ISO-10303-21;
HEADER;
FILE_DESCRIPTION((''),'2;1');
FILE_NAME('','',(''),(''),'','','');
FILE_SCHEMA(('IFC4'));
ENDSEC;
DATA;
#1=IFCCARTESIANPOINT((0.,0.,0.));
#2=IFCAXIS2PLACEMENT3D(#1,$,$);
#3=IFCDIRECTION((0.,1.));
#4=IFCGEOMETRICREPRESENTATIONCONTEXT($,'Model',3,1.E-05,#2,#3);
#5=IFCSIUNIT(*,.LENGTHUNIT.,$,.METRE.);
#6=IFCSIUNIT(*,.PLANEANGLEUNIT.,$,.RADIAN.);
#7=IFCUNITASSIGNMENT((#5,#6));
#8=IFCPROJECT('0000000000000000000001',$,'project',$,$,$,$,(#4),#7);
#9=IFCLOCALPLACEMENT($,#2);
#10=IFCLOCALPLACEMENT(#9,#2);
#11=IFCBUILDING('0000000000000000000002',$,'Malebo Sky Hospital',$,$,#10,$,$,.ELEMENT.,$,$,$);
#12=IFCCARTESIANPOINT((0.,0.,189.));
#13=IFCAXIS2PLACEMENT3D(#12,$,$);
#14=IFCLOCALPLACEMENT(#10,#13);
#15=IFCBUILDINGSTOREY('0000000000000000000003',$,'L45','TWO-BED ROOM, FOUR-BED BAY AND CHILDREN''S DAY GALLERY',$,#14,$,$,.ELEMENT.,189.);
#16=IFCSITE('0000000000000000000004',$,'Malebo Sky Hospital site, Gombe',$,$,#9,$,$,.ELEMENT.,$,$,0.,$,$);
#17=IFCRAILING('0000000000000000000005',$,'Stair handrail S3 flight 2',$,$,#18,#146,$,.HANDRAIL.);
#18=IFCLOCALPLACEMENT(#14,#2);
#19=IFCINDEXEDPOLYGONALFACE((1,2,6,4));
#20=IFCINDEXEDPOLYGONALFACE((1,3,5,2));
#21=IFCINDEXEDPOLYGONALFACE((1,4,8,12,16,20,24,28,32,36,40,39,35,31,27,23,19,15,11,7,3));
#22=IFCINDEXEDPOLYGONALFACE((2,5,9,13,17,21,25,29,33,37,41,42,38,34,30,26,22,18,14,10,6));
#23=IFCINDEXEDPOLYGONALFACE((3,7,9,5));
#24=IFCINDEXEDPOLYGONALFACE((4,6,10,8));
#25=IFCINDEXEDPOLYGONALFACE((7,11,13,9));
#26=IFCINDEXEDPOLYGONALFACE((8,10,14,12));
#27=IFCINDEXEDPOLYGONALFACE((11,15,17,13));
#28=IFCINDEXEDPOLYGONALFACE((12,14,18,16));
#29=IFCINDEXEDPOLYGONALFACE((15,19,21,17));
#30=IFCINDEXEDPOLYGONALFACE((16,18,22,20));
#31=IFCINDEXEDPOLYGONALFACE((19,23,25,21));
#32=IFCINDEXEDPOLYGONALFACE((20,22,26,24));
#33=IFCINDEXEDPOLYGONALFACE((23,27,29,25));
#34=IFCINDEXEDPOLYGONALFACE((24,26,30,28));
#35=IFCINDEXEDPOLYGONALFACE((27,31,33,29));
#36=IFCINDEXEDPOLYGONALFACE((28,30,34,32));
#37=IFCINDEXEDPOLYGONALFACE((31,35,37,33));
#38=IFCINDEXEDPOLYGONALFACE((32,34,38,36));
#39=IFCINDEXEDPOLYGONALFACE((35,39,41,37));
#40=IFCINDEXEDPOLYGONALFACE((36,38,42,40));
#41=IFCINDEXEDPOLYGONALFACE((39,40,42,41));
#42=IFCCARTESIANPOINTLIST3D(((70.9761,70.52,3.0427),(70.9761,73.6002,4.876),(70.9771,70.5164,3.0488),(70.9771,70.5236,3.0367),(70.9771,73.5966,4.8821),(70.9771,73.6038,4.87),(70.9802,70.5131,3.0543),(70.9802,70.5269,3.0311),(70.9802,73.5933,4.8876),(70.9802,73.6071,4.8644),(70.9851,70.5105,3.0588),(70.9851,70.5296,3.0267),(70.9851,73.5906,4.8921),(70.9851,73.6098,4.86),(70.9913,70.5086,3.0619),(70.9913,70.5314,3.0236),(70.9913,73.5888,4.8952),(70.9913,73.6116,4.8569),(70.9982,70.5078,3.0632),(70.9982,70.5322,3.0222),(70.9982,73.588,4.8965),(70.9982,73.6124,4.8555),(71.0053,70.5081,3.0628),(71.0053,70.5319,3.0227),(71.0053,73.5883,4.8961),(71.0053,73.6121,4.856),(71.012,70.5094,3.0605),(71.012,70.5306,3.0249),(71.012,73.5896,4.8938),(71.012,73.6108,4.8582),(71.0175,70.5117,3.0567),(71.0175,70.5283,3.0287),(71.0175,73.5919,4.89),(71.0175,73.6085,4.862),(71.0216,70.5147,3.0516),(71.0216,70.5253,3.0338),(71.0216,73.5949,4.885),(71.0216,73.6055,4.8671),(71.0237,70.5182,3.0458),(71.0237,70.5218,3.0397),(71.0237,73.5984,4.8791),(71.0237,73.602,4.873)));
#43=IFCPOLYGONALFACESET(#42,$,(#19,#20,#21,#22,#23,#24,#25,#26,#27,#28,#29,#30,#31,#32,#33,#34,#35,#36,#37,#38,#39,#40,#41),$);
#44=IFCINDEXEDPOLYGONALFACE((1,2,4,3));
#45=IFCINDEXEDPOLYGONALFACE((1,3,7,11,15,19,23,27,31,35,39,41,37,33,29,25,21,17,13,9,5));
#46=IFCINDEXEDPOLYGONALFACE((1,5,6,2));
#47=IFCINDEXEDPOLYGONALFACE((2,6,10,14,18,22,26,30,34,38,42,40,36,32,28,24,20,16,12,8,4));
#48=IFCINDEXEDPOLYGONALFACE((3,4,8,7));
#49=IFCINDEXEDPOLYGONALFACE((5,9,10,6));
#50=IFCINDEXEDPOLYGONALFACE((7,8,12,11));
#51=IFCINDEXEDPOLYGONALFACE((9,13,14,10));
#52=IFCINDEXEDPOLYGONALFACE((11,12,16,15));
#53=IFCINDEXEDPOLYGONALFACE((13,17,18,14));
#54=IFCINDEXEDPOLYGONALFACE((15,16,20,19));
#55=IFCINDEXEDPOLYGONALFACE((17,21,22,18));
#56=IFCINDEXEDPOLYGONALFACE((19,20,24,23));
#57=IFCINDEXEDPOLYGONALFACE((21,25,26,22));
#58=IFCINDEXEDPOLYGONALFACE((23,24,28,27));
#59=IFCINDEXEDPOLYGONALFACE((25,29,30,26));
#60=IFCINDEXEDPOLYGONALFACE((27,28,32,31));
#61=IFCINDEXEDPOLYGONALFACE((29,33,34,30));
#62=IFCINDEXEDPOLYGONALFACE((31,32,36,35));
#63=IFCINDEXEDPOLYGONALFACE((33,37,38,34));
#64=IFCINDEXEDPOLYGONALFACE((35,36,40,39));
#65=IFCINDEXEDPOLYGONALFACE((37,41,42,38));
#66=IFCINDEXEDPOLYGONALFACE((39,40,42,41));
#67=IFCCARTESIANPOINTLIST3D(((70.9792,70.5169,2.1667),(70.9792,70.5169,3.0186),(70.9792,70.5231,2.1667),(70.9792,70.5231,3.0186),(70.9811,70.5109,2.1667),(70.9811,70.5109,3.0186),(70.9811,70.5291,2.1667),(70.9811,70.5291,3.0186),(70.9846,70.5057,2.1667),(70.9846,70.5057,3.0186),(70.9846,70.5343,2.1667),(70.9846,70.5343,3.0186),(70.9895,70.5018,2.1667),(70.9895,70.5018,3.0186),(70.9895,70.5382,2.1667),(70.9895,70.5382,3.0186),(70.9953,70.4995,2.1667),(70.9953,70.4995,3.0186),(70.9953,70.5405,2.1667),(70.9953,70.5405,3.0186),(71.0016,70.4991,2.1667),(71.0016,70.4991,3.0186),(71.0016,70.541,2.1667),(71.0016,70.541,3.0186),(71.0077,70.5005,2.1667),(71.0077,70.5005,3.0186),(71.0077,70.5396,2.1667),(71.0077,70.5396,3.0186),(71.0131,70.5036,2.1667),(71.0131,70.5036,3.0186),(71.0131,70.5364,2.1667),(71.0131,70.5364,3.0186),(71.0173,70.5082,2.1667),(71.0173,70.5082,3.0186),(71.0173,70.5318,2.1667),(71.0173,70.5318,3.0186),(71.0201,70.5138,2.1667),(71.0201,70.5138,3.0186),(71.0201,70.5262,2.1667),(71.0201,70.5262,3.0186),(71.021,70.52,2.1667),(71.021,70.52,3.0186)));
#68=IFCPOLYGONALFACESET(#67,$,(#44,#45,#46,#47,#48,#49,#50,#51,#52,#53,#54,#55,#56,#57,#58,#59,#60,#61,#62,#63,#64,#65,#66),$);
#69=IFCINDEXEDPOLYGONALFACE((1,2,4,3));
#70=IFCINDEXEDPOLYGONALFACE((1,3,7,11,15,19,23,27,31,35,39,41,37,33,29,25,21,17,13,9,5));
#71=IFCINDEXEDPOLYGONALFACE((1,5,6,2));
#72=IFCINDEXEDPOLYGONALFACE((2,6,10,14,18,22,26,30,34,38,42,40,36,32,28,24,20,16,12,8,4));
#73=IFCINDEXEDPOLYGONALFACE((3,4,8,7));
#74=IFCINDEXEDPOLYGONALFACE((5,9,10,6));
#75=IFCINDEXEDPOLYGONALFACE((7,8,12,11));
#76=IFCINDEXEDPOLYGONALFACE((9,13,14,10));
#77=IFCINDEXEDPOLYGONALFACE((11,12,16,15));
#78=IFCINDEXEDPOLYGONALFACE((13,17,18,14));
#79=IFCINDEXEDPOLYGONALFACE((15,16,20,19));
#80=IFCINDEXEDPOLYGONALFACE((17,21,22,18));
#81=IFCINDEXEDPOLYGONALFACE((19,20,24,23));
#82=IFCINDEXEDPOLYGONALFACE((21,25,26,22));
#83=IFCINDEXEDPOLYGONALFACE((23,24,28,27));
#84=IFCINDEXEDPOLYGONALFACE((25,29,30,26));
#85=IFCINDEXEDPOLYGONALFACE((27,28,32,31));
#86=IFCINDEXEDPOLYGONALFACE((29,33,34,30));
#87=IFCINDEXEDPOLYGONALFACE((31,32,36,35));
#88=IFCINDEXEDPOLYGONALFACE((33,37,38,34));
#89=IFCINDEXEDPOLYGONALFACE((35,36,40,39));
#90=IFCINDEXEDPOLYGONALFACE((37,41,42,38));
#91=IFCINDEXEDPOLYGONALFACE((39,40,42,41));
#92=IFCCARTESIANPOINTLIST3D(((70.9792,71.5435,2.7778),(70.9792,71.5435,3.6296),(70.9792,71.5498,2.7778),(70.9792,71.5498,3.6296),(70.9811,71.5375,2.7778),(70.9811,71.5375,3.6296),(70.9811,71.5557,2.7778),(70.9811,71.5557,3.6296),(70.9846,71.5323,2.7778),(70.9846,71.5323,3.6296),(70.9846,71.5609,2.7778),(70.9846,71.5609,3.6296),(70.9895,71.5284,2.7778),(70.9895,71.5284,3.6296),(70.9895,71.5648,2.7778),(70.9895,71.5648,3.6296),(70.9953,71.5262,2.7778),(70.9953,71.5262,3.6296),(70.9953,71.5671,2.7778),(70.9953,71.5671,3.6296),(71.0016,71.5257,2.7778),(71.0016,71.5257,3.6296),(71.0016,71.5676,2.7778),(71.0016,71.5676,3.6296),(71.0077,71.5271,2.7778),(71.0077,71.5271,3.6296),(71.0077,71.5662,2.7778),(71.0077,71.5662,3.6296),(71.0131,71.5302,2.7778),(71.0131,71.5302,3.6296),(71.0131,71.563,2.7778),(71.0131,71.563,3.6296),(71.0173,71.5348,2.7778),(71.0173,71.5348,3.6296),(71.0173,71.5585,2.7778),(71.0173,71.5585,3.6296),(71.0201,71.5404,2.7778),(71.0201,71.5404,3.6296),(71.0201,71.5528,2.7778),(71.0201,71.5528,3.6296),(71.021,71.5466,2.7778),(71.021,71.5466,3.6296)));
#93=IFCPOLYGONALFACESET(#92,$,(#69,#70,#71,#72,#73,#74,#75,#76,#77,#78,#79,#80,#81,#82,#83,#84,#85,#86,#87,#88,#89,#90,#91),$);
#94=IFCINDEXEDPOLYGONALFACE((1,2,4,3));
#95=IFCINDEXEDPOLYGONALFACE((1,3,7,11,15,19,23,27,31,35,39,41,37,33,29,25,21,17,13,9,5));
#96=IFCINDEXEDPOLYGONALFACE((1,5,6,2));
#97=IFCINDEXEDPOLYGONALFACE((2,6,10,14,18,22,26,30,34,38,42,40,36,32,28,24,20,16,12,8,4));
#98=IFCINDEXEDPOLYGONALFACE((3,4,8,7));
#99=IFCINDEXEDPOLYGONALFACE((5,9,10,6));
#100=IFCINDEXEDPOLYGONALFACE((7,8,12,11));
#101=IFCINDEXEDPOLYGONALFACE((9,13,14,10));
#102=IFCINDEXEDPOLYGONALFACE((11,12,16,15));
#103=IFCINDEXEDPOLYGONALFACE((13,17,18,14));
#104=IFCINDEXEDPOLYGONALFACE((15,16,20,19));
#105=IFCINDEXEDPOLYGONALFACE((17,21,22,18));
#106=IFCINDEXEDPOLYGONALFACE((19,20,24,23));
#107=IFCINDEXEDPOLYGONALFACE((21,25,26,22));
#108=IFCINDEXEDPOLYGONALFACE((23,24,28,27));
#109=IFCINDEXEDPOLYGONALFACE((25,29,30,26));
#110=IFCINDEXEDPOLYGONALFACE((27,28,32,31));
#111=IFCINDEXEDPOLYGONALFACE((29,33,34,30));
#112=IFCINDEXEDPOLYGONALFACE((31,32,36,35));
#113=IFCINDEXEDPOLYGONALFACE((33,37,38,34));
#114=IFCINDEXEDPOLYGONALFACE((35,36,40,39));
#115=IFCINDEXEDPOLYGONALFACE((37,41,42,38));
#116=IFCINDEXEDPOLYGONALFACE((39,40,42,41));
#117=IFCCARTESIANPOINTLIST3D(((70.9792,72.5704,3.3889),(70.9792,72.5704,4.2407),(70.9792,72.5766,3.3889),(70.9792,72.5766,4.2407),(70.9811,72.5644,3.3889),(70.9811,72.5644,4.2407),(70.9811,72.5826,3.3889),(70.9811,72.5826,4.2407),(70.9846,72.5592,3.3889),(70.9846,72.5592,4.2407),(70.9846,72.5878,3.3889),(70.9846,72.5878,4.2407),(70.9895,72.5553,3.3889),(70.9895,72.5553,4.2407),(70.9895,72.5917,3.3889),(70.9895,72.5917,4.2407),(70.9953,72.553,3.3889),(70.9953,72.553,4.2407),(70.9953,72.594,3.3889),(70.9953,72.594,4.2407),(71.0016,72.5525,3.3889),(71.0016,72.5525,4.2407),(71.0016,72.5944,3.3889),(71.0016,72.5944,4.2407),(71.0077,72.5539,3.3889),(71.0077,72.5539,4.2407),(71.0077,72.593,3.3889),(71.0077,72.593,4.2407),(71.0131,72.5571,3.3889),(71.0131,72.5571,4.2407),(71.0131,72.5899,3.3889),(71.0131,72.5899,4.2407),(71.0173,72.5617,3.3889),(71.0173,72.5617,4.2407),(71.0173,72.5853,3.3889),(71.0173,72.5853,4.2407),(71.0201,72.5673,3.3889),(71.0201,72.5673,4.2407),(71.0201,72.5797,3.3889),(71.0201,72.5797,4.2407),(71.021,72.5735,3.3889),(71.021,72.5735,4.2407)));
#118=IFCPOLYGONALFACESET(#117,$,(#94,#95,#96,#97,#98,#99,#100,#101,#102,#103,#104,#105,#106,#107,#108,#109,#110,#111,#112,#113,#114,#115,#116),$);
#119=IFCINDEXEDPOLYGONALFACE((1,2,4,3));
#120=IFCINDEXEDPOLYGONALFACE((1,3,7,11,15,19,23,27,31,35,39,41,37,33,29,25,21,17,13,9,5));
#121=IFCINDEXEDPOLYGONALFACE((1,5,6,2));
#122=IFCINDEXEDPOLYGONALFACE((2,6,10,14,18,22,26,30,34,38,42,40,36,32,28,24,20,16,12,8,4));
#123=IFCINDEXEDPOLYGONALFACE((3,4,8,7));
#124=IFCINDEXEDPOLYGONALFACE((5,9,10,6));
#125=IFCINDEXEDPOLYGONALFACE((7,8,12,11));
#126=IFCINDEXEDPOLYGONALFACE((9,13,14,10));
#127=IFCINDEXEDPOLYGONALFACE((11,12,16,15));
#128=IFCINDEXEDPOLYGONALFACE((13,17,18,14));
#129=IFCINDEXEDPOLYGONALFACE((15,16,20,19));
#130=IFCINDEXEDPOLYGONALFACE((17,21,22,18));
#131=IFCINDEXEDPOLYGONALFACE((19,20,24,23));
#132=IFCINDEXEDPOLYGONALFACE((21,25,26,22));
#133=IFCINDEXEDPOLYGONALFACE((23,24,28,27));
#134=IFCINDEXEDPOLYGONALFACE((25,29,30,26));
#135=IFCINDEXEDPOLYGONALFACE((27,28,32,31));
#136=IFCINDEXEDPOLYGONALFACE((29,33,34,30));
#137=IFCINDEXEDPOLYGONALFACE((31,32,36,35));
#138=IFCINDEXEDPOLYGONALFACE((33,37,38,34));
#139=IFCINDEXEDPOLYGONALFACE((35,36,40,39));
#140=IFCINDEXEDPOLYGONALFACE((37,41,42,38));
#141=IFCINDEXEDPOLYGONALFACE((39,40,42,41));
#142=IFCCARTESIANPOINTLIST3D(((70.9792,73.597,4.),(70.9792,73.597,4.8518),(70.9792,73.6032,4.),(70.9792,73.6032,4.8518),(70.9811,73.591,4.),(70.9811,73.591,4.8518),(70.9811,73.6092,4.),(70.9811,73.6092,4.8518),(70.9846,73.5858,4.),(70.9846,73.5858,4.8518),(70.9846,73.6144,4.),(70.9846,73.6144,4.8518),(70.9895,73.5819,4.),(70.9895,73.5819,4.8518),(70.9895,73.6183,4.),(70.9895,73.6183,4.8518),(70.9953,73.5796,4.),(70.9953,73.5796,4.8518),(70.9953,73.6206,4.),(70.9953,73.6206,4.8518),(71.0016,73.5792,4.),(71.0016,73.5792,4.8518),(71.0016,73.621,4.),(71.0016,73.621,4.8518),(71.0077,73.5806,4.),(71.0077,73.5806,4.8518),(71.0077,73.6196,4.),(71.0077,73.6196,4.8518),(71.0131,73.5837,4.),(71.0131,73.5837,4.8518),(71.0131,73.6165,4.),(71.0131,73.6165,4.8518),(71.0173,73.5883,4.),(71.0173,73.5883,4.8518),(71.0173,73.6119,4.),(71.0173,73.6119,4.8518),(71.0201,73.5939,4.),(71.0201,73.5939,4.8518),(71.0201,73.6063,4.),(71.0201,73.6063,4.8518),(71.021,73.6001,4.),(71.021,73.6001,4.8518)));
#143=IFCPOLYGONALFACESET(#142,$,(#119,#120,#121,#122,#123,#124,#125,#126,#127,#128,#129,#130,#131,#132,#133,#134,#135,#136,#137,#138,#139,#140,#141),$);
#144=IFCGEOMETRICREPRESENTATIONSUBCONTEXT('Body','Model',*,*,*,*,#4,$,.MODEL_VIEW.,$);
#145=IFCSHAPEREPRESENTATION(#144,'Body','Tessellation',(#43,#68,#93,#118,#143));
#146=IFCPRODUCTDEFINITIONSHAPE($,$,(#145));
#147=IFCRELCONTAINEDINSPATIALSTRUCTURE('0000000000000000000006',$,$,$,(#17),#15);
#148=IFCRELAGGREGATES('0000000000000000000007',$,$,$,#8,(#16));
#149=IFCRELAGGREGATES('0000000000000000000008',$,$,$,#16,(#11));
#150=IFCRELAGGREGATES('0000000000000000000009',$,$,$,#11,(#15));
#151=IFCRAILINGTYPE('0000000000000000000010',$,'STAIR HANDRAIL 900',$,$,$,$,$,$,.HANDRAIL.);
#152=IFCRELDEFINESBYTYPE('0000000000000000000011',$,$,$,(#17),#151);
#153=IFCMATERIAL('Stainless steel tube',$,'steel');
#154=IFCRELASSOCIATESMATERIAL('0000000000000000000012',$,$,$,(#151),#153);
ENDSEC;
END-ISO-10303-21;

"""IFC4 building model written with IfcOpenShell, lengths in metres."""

from ifc_helpers import new_model, si_unit, direction, frame, origin, origin_2d, place, context, subcontext, project, spatial, circle, extrude, material, type_object, element, save


model = new_model("IFC4")

# Units and contexts
model_context = context("Model", 3, precision=1e-05, world=origin(), true_north=direction((0.0, 1.0)))
body_context = subcontext(model_context, "Body", "Model", "MODEL_VIEW")
ifc_project = project(units=[si_unit("LENGTHUNIT", "METRE"), si_unit("PLANEANGLEUNIT", "RADIAN")], contexts=[model_context])

# Site, building, storey
site_placement = place(None, origin())
site = spatial("IfcSite", under=ifc_project, at=site_placement, Name="Malebo Sky Hospital site, Gombe", CompositionType="ELEMENT", RefElevation=0.0)
building_placement = place(site_placement, origin())
building = spatial("IfcBuilding", under=site, at=building_placement, Name="Malebo Sky Hospital", CompositionType="ELEMENT")
storey_placement = place(building_placement, frame((0.0, 0.0, 189.0)))
storey = spatial("IfcBuildingStorey", under=building, at=storey_placement, Name="L45", Description="TWO-BED ROOM, FOUR-BED BAY AND CHILDREN'S DAY GALLERY", CompositionType="ELEMENT", Elevation=189.0)

# Railing
ifc_material_1 = material(Name="Stainless steel tube", Category="steel")
railing_type = type_object("IfcRailingType", Name="STAIR HANDRAIL 900", PredefinedType="HANDRAIL", material=ifc_material_1)
railing_1_placement = place(storey_placement, frame((71.0, 70.52, 2.1667)))
element("IfcRailing", 1, at=railing_1_placement, inside=storey, type_object=railing_type, Name="Stair handrail S3 flight 2", PredefinedType="HANDRAIL", context=body_context, shape_type="SweptSolid", body=[
    extrude(circle(Radius=0.0239, at=origin_2d()), frame((0.0, 0.0, 0.876), z_axis=(0.0, 0.859309, 0.511458), x_axis=(-1.0, 0.0, 0.0)), (0.0, 0.0, 1.0), 3.5845),
    extrude(circle(Radius=0.021, at=origin_2d()), origin(), (0.0, 0.0, 1.0), 0.8518),
    extrude(circle(Radius=0.021, at=origin_2d()), frame((0.0, 1.0266, 0.6111)), (0.0, 0.0, 1.0), 0.8518),
    extrude(circle(Radius=0.021, at=origin_2d()), frame((0.0, 2.0535, 1.2222)), (0.0, 0.0, 1.0), 0.8518),
    extrude(circle(Radius=0.021, at=origin_2d()), frame((0.0, 3.0801, 1.8333)), (0.0, 0.0, 1.0), 0.8518),
])

save(model, "model.ifc")
